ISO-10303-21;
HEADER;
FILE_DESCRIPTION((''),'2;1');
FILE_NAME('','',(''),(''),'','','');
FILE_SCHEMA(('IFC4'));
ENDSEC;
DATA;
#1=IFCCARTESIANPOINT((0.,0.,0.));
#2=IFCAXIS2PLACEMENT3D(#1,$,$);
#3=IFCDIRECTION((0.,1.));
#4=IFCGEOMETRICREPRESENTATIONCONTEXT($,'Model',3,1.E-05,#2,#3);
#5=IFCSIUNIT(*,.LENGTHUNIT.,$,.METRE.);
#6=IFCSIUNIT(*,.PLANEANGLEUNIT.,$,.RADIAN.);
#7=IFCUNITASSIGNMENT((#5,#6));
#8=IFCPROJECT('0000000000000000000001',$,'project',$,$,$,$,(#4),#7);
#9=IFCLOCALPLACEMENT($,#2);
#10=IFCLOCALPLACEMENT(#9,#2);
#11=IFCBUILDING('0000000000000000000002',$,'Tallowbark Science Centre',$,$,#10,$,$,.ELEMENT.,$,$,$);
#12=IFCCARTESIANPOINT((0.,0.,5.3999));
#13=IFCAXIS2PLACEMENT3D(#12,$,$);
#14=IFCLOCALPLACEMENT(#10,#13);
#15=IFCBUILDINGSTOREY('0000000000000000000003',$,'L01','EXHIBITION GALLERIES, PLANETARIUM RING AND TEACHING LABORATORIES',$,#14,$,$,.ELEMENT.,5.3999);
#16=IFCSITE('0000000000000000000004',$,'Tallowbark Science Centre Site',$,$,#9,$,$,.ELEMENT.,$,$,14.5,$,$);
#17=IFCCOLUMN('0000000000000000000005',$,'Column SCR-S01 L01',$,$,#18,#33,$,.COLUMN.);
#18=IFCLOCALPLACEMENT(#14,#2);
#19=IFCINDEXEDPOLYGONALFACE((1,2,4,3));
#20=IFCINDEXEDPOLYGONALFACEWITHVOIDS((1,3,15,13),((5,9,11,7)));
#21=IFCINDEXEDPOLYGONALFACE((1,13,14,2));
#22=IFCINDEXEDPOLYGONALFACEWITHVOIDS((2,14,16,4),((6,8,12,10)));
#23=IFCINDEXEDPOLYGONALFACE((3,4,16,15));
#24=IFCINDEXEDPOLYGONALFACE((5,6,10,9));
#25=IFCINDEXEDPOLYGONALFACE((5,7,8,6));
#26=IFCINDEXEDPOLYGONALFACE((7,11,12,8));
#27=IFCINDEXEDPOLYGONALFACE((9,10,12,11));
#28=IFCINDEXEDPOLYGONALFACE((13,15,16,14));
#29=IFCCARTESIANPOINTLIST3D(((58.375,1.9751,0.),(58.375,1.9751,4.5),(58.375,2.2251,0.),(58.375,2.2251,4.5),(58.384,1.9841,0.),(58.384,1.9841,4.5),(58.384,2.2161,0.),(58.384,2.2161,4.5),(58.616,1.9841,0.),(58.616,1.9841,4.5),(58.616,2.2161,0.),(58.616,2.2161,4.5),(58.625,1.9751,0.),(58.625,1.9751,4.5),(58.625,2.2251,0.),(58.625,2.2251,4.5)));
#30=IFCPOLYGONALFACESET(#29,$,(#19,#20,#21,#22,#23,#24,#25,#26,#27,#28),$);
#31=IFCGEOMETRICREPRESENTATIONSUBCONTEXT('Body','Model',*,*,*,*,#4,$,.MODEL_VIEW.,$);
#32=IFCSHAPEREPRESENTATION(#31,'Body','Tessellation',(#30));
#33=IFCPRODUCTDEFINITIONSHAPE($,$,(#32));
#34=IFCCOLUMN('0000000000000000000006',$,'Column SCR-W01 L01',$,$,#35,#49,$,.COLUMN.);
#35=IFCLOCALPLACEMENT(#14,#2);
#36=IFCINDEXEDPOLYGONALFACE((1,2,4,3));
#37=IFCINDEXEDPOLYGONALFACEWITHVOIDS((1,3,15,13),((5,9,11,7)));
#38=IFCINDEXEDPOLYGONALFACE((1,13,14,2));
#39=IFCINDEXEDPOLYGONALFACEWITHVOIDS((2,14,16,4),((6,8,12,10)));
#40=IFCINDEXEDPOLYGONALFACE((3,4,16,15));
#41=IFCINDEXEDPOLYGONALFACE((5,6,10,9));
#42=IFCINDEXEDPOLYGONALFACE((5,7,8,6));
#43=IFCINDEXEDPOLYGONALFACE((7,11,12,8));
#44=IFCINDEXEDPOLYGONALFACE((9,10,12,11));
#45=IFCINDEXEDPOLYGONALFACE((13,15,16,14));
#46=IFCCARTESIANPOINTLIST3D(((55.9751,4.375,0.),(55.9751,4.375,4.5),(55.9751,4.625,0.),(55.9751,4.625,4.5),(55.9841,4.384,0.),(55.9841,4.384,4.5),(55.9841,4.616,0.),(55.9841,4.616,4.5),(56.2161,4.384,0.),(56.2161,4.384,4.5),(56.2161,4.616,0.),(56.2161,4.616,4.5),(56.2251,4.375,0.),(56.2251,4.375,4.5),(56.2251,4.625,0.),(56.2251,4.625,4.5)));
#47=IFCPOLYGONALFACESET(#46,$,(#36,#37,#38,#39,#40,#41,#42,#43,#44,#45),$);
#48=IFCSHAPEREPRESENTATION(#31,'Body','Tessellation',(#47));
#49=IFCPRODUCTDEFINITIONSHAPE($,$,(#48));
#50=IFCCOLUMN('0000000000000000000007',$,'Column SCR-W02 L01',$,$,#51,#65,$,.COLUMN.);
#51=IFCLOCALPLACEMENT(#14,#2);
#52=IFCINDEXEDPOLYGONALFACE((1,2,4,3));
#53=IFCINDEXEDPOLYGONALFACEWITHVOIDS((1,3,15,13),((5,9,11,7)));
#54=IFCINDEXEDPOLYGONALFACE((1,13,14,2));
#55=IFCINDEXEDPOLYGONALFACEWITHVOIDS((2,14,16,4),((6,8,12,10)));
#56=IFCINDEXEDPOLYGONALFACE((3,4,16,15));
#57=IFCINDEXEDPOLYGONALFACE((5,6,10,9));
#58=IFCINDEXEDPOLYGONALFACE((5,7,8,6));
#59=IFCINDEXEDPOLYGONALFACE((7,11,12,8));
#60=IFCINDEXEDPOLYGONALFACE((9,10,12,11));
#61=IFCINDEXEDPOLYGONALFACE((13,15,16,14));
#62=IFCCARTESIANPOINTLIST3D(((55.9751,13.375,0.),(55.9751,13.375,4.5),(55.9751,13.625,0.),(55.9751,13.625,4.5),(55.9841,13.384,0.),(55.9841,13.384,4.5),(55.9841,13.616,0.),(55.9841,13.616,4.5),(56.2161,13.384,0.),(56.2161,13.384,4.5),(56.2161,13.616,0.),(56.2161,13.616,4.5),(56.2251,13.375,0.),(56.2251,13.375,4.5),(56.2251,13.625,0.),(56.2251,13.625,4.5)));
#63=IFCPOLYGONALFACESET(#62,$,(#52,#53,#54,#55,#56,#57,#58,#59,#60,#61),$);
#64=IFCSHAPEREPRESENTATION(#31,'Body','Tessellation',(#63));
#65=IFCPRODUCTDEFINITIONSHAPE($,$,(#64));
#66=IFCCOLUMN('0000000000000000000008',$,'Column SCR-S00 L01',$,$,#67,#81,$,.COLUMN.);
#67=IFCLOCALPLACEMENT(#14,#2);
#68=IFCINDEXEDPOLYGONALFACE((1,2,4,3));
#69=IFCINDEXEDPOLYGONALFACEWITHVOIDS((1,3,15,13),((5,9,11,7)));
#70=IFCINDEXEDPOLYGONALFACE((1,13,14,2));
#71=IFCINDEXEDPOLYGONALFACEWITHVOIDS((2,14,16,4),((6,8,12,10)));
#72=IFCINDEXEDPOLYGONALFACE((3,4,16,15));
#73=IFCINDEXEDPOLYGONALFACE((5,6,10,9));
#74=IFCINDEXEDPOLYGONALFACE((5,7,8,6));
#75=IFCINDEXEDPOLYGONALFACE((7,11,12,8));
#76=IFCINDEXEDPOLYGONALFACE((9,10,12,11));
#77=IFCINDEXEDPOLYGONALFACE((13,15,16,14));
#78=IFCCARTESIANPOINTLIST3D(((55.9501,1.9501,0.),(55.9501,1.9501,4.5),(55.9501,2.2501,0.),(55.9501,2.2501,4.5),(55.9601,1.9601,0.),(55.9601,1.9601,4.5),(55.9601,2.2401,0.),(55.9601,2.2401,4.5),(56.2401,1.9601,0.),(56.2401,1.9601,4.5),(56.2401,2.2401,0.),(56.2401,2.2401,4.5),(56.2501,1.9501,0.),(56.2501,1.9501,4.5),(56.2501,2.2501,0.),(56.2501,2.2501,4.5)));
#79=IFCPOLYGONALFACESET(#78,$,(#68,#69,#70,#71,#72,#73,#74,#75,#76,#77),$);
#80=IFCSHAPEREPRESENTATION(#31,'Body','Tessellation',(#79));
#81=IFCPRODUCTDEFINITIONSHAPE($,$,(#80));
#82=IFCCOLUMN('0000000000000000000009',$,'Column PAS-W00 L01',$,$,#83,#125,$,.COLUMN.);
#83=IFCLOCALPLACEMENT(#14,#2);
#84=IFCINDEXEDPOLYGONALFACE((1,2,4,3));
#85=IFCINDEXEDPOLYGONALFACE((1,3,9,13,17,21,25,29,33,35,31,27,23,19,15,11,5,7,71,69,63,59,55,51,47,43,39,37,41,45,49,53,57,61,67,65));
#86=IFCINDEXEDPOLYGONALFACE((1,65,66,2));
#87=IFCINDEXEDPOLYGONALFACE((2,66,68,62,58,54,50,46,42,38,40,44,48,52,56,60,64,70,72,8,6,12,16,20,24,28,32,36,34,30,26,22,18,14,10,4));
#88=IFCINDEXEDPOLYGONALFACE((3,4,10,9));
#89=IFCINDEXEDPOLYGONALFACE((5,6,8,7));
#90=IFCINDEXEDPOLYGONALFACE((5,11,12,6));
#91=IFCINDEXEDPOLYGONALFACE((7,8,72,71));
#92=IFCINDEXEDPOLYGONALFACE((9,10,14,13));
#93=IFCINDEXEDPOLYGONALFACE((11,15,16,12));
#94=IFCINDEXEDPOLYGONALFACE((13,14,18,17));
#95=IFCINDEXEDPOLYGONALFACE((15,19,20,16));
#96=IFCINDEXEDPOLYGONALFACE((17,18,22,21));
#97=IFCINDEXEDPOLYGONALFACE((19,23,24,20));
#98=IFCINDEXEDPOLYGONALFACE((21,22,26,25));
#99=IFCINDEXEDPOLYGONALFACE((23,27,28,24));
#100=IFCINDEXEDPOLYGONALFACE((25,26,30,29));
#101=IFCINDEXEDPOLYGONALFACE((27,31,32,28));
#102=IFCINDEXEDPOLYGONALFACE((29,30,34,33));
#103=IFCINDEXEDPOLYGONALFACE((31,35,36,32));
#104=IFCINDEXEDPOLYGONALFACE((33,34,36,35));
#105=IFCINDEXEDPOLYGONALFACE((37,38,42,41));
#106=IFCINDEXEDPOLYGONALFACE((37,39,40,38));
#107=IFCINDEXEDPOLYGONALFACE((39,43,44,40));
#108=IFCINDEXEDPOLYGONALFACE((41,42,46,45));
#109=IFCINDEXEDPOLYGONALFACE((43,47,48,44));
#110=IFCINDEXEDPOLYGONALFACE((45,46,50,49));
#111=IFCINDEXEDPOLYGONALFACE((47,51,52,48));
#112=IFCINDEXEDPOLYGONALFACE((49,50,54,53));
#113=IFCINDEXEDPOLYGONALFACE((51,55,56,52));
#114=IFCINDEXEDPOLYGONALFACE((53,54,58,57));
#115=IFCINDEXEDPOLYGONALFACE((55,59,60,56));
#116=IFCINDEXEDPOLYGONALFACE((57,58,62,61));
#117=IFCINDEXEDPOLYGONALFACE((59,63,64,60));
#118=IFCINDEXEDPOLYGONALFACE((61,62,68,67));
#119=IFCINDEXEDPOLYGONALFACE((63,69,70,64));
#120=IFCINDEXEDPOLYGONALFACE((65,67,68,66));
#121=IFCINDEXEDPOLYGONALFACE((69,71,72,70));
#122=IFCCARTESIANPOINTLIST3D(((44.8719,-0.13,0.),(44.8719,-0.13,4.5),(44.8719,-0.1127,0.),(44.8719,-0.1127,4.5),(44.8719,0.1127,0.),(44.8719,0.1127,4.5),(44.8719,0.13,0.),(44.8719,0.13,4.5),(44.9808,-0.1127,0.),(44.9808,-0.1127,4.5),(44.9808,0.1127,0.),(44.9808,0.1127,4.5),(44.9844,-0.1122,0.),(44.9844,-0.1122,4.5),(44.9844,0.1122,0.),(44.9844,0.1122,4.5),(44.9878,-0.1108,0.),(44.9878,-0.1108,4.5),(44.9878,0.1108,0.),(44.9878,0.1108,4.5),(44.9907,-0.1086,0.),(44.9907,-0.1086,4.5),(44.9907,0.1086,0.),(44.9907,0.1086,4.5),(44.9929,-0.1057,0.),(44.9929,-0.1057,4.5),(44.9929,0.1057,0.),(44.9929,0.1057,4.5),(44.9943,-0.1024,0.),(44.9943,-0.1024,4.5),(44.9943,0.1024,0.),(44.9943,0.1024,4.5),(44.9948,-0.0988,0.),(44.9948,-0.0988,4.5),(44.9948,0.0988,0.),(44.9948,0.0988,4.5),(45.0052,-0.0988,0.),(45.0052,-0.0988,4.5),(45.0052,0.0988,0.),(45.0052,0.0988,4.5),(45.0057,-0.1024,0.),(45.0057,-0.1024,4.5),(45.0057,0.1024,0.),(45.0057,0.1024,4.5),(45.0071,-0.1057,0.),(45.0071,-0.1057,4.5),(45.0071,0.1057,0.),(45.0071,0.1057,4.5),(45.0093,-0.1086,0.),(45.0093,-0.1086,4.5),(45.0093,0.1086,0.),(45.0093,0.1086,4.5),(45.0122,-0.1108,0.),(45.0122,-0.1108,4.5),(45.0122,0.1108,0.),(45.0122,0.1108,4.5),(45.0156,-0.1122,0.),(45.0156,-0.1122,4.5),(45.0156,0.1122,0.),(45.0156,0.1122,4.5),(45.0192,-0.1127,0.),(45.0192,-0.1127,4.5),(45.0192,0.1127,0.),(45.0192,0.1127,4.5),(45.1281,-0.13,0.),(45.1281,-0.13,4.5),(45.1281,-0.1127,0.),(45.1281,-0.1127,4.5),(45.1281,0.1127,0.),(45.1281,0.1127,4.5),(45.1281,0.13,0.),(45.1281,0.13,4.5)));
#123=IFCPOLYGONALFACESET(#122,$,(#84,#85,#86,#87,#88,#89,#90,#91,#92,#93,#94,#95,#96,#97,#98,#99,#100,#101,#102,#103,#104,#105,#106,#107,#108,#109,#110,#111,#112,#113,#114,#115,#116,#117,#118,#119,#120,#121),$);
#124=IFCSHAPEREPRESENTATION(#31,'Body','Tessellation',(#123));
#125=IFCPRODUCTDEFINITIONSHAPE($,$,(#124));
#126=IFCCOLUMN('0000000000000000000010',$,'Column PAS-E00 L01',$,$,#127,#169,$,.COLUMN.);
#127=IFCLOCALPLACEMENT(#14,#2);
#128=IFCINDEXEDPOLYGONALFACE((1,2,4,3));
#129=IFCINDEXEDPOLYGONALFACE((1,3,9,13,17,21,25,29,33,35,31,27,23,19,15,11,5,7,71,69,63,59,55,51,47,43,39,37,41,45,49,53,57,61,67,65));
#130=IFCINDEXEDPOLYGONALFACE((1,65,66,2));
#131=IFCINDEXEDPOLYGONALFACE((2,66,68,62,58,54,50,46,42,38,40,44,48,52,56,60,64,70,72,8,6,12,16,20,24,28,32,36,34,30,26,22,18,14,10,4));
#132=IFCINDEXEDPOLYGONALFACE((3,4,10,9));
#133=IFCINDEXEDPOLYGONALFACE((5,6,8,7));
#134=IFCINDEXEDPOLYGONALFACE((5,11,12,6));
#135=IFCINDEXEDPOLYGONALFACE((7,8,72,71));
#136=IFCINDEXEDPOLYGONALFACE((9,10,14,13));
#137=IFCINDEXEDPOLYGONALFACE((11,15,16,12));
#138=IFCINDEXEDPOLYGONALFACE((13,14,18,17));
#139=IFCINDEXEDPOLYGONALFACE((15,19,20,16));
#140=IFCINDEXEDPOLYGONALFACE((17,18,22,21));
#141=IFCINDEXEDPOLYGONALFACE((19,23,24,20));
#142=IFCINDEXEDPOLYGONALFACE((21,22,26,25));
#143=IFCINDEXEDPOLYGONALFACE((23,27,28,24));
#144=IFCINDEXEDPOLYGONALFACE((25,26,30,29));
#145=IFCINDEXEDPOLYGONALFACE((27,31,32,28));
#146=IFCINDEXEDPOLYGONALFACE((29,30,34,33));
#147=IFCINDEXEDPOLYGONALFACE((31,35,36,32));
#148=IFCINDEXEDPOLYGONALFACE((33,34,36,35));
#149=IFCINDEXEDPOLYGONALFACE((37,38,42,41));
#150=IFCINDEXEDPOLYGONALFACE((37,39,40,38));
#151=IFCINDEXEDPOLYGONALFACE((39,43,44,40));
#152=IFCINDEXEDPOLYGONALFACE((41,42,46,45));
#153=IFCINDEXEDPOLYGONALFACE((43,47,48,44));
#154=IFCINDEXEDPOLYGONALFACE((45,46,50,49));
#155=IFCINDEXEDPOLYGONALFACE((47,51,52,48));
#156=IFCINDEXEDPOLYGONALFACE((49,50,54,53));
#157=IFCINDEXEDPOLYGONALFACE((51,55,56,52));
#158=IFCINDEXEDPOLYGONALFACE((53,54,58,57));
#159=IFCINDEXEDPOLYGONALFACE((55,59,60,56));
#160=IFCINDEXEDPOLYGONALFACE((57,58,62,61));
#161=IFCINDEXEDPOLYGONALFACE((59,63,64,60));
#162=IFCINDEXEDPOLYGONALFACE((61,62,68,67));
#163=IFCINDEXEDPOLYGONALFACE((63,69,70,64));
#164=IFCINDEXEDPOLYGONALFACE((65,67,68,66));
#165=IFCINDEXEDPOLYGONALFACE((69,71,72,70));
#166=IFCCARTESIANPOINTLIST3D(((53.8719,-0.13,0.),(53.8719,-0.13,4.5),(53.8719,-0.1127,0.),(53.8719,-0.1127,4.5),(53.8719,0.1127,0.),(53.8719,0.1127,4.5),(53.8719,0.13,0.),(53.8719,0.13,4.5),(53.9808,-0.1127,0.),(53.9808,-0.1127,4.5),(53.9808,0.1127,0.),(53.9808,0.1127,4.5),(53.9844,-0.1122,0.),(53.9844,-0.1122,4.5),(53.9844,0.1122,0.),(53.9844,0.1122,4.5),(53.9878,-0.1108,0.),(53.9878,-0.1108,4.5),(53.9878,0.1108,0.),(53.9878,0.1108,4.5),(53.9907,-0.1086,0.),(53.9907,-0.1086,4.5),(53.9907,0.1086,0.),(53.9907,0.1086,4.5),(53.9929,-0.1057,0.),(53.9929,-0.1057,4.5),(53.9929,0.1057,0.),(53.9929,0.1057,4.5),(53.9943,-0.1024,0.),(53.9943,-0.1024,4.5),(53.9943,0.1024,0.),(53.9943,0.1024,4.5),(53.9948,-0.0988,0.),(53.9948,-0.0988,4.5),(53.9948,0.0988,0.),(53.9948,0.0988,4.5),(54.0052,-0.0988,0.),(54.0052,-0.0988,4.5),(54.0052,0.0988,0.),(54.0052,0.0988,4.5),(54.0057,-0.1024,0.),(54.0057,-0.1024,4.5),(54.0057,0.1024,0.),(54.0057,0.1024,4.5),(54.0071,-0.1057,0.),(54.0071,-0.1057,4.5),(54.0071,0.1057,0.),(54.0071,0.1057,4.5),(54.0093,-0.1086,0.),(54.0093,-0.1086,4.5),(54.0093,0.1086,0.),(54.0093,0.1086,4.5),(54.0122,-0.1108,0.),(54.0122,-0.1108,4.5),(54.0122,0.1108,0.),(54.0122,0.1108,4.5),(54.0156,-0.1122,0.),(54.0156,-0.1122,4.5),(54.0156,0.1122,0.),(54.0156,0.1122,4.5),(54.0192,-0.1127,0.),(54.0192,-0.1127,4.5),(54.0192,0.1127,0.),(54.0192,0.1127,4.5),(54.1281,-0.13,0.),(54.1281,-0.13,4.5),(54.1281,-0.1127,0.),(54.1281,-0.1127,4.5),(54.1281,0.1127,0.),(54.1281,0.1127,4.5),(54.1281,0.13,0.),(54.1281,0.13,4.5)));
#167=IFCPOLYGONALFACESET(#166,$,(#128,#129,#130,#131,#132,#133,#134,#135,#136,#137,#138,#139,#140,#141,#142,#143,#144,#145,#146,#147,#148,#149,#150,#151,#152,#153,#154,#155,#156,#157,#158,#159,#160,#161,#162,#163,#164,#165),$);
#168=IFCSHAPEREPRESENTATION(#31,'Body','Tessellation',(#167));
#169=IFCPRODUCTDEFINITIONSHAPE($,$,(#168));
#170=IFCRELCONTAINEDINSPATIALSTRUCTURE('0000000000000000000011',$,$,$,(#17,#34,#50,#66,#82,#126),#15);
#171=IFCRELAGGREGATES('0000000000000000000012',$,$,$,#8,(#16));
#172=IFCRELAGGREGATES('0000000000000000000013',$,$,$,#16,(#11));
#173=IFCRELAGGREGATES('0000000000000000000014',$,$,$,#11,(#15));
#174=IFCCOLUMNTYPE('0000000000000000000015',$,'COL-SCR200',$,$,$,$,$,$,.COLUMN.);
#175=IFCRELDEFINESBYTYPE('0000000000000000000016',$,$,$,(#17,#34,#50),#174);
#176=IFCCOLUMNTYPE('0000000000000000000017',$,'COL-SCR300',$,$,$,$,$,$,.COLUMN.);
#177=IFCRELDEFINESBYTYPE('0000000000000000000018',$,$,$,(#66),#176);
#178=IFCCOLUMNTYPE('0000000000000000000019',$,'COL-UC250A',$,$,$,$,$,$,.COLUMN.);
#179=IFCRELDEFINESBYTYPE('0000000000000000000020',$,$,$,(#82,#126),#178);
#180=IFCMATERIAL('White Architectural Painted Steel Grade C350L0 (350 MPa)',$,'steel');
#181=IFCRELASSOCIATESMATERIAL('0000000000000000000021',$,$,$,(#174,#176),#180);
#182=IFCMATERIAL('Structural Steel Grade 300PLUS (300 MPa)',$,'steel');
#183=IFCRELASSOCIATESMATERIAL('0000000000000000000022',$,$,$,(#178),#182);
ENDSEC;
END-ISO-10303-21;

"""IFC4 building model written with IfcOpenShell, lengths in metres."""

from ifc_helpers import new_model, si_unit, direction, frame, origin, origin_2d, place, context, subcontext, project, spatial, hollow_rectangle, i_section, extrude, material, material_profile, profile_set, type_object, element, save


model = new_model("IFC4")

# Units and contexts
model_context = context("Model", 3, precision=1e-05, world=origin(), true_north=direction((0.0, 1.0)))
body_context = subcontext(model_context, "Body", "Model", "MODEL_VIEW")
ifc_project = project(units=[si_unit("LENGTHUNIT", "METRE"), si_unit("PLANEANGLEUNIT", "RADIAN")], contexts=[model_context])

# Site, building, storey
site_placement = place(None, origin())
site = spatial("IfcSite", under=ifc_project, at=site_placement, Name="Tallowbark Science Centre Site", CompositionType="ELEMENT", RefElevation=14.5)
building_placement = place(site_placement, origin())
building = spatial("IfcBuilding", under=site, at=building_placement, Name="Tallowbark Science Centre", CompositionType="ELEMENT")
storey_placement = place(building_placement, frame((0.0, 0.0, 5.3999)))
storey = spatial("IfcBuildingStorey", under=building, at=storey_placement, Name="L01", Description="EXHIBITION GALLERIES, PLANETARIUM RING AND TEACHING LABORATORIES", CompositionType="ELEMENT", Elevation=5.3999)

# Columns
ifc_material_1 = material(Name="White Architectural Painted Steel Grade C350L0 (350 MPa)", Category="steel")
ifc_material_profile_1 = material_profile(ifc_material_1, hollow_rectangle(XDim=0.25, YDim=0.25, WallThickness=0.009, at=origin_2d()), Name="250x250x9.0SHS")
ifc_profile_set_1 = profile_set([ifc_material_profile_1], Name="White Architectural Painted Steel Grade C350L0 (350 MPa)")
column_type_1 = type_object("IfcColumnType", Name="COL-SCR200", PredefinedType="COLUMN", material=ifc_profile_set_1)
for number, where, z_axis, x_axis, name in (
    (1, (58.5, 2.1001, 0.0), (0.0, 0.0, 1.0), (1.0, 0.0, 0.0), "Column SCR-S01 L01"),
    (2, (56.1001, 4.5, 0.0), (0.0, 0.0, 1.0), (1.0, 0.0, 0.0), "Column SCR-W01 L01"),
    (3, (56.1001, 13.5, 0.0), (0.0, 0.0, 1.0), (1.0, 0.0, 0.0), "Column SCR-W02 L01"),
):
    element("IfcColumn", number, at=place(storey_placement, frame(where, z_axis=z_axis, x_axis=x_axis)), inside=storey, type_object=column_type_1, Name=name, PredefinedType="COLUMN", context=body_context, shape_type="SweptSolid", body=[
        extrude(hollow_rectangle(XDim=0.25, YDim=0.25, WallThickness=0.009, at=origin_2d()), origin(), (0.0, 0.0, 1.0), 4.5),
    ])
ifc_material_profile_2 = material_profile(ifc_material_1, hollow_rectangle(XDim=0.3, YDim=0.3, WallThickness=0.01, at=origin_2d()), Name="300x300x10.0SHS")
ifc_profile_set_2 = profile_set([ifc_material_profile_2], Name="White Architectural Painted Steel Grade C350L0 (350 MPa)")
column_type_2 = type_object("IfcColumnType", Name="COL-SCR300", PredefinedType="COLUMN", material=ifc_profile_set_2)
column_1_placement = place(storey_placement, frame((56.1001, 2.1001, 0.0), z_axis=(0.0, 0.0, 1.0), x_axis=(1.0, 0.0, 0.0)))
element("IfcColumn", 4, at=column_1_placement, inside=storey, type_object=column_type_2, Name="Column SCR-S00 L01", PredefinedType="COLUMN", context=body_context, shape_type="SweptSolid", body=[
    extrude(hollow_rectangle(XDim=0.3, YDim=0.3, WallThickness=0.01, at=origin_2d()), origin(), (0.0, 0.0, 1.0), 4.5),
])
ifc_material_2 = material(Name="Structural Steel Grade 300PLUS (300 MPa)", Category="steel")
ifc_material_profile_3 = material_profile(ifc_material_2, i_section(OverallWidth=0.2561, OverallDepth=0.26, WebThickness=0.0105, FlangeThickness=0.0173, FilletRadius=0.0139, at=origin_2d()), Name="250UC89.5")
ifc_profile_set_3 = profile_set([ifc_material_profile_3], Name="Structural Steel Grade 300PLUS (300 MPa)")
column_type_3 = type_object("IfcColumnType", Name="COL-UC250A", PredefinedType="COLUMN", material=ifc_profile_set_3)
for number, where, z_axis, x_axis, name in (
    (5, (45.0, 0.0, 0.0), (0.0, 0.0, 1.0), (1.0, 0.0, 0.0), "Column PAS-W00 L01"),
    (6, (54.0, 0.0, 0.0), (0.0, 0.0, 1.0), (1.0, 0.0, 0.0), "Column PAS-E00 L01"),
):
    element("IfcColumn", number, at=place(storey_placement, frame(where, z_axis=z_axis, x_axis=x_axis)), inside=storey, type_object=column_type_3, Name=name, PredefinedType="COLUMN", context=body_context, shape_type="SweptSolid", body=[
        extrude(i_section(OverallWidth=0.2561, OverallDepth=0.26, WebThickness=0.0105, FlangeThickness=0.0173, FilletRadius=0.0139, at=origin_2d()), origin(), (0.0, 0.0, 1.0), 4.5),
    ])

save(model, "model.ifc")
